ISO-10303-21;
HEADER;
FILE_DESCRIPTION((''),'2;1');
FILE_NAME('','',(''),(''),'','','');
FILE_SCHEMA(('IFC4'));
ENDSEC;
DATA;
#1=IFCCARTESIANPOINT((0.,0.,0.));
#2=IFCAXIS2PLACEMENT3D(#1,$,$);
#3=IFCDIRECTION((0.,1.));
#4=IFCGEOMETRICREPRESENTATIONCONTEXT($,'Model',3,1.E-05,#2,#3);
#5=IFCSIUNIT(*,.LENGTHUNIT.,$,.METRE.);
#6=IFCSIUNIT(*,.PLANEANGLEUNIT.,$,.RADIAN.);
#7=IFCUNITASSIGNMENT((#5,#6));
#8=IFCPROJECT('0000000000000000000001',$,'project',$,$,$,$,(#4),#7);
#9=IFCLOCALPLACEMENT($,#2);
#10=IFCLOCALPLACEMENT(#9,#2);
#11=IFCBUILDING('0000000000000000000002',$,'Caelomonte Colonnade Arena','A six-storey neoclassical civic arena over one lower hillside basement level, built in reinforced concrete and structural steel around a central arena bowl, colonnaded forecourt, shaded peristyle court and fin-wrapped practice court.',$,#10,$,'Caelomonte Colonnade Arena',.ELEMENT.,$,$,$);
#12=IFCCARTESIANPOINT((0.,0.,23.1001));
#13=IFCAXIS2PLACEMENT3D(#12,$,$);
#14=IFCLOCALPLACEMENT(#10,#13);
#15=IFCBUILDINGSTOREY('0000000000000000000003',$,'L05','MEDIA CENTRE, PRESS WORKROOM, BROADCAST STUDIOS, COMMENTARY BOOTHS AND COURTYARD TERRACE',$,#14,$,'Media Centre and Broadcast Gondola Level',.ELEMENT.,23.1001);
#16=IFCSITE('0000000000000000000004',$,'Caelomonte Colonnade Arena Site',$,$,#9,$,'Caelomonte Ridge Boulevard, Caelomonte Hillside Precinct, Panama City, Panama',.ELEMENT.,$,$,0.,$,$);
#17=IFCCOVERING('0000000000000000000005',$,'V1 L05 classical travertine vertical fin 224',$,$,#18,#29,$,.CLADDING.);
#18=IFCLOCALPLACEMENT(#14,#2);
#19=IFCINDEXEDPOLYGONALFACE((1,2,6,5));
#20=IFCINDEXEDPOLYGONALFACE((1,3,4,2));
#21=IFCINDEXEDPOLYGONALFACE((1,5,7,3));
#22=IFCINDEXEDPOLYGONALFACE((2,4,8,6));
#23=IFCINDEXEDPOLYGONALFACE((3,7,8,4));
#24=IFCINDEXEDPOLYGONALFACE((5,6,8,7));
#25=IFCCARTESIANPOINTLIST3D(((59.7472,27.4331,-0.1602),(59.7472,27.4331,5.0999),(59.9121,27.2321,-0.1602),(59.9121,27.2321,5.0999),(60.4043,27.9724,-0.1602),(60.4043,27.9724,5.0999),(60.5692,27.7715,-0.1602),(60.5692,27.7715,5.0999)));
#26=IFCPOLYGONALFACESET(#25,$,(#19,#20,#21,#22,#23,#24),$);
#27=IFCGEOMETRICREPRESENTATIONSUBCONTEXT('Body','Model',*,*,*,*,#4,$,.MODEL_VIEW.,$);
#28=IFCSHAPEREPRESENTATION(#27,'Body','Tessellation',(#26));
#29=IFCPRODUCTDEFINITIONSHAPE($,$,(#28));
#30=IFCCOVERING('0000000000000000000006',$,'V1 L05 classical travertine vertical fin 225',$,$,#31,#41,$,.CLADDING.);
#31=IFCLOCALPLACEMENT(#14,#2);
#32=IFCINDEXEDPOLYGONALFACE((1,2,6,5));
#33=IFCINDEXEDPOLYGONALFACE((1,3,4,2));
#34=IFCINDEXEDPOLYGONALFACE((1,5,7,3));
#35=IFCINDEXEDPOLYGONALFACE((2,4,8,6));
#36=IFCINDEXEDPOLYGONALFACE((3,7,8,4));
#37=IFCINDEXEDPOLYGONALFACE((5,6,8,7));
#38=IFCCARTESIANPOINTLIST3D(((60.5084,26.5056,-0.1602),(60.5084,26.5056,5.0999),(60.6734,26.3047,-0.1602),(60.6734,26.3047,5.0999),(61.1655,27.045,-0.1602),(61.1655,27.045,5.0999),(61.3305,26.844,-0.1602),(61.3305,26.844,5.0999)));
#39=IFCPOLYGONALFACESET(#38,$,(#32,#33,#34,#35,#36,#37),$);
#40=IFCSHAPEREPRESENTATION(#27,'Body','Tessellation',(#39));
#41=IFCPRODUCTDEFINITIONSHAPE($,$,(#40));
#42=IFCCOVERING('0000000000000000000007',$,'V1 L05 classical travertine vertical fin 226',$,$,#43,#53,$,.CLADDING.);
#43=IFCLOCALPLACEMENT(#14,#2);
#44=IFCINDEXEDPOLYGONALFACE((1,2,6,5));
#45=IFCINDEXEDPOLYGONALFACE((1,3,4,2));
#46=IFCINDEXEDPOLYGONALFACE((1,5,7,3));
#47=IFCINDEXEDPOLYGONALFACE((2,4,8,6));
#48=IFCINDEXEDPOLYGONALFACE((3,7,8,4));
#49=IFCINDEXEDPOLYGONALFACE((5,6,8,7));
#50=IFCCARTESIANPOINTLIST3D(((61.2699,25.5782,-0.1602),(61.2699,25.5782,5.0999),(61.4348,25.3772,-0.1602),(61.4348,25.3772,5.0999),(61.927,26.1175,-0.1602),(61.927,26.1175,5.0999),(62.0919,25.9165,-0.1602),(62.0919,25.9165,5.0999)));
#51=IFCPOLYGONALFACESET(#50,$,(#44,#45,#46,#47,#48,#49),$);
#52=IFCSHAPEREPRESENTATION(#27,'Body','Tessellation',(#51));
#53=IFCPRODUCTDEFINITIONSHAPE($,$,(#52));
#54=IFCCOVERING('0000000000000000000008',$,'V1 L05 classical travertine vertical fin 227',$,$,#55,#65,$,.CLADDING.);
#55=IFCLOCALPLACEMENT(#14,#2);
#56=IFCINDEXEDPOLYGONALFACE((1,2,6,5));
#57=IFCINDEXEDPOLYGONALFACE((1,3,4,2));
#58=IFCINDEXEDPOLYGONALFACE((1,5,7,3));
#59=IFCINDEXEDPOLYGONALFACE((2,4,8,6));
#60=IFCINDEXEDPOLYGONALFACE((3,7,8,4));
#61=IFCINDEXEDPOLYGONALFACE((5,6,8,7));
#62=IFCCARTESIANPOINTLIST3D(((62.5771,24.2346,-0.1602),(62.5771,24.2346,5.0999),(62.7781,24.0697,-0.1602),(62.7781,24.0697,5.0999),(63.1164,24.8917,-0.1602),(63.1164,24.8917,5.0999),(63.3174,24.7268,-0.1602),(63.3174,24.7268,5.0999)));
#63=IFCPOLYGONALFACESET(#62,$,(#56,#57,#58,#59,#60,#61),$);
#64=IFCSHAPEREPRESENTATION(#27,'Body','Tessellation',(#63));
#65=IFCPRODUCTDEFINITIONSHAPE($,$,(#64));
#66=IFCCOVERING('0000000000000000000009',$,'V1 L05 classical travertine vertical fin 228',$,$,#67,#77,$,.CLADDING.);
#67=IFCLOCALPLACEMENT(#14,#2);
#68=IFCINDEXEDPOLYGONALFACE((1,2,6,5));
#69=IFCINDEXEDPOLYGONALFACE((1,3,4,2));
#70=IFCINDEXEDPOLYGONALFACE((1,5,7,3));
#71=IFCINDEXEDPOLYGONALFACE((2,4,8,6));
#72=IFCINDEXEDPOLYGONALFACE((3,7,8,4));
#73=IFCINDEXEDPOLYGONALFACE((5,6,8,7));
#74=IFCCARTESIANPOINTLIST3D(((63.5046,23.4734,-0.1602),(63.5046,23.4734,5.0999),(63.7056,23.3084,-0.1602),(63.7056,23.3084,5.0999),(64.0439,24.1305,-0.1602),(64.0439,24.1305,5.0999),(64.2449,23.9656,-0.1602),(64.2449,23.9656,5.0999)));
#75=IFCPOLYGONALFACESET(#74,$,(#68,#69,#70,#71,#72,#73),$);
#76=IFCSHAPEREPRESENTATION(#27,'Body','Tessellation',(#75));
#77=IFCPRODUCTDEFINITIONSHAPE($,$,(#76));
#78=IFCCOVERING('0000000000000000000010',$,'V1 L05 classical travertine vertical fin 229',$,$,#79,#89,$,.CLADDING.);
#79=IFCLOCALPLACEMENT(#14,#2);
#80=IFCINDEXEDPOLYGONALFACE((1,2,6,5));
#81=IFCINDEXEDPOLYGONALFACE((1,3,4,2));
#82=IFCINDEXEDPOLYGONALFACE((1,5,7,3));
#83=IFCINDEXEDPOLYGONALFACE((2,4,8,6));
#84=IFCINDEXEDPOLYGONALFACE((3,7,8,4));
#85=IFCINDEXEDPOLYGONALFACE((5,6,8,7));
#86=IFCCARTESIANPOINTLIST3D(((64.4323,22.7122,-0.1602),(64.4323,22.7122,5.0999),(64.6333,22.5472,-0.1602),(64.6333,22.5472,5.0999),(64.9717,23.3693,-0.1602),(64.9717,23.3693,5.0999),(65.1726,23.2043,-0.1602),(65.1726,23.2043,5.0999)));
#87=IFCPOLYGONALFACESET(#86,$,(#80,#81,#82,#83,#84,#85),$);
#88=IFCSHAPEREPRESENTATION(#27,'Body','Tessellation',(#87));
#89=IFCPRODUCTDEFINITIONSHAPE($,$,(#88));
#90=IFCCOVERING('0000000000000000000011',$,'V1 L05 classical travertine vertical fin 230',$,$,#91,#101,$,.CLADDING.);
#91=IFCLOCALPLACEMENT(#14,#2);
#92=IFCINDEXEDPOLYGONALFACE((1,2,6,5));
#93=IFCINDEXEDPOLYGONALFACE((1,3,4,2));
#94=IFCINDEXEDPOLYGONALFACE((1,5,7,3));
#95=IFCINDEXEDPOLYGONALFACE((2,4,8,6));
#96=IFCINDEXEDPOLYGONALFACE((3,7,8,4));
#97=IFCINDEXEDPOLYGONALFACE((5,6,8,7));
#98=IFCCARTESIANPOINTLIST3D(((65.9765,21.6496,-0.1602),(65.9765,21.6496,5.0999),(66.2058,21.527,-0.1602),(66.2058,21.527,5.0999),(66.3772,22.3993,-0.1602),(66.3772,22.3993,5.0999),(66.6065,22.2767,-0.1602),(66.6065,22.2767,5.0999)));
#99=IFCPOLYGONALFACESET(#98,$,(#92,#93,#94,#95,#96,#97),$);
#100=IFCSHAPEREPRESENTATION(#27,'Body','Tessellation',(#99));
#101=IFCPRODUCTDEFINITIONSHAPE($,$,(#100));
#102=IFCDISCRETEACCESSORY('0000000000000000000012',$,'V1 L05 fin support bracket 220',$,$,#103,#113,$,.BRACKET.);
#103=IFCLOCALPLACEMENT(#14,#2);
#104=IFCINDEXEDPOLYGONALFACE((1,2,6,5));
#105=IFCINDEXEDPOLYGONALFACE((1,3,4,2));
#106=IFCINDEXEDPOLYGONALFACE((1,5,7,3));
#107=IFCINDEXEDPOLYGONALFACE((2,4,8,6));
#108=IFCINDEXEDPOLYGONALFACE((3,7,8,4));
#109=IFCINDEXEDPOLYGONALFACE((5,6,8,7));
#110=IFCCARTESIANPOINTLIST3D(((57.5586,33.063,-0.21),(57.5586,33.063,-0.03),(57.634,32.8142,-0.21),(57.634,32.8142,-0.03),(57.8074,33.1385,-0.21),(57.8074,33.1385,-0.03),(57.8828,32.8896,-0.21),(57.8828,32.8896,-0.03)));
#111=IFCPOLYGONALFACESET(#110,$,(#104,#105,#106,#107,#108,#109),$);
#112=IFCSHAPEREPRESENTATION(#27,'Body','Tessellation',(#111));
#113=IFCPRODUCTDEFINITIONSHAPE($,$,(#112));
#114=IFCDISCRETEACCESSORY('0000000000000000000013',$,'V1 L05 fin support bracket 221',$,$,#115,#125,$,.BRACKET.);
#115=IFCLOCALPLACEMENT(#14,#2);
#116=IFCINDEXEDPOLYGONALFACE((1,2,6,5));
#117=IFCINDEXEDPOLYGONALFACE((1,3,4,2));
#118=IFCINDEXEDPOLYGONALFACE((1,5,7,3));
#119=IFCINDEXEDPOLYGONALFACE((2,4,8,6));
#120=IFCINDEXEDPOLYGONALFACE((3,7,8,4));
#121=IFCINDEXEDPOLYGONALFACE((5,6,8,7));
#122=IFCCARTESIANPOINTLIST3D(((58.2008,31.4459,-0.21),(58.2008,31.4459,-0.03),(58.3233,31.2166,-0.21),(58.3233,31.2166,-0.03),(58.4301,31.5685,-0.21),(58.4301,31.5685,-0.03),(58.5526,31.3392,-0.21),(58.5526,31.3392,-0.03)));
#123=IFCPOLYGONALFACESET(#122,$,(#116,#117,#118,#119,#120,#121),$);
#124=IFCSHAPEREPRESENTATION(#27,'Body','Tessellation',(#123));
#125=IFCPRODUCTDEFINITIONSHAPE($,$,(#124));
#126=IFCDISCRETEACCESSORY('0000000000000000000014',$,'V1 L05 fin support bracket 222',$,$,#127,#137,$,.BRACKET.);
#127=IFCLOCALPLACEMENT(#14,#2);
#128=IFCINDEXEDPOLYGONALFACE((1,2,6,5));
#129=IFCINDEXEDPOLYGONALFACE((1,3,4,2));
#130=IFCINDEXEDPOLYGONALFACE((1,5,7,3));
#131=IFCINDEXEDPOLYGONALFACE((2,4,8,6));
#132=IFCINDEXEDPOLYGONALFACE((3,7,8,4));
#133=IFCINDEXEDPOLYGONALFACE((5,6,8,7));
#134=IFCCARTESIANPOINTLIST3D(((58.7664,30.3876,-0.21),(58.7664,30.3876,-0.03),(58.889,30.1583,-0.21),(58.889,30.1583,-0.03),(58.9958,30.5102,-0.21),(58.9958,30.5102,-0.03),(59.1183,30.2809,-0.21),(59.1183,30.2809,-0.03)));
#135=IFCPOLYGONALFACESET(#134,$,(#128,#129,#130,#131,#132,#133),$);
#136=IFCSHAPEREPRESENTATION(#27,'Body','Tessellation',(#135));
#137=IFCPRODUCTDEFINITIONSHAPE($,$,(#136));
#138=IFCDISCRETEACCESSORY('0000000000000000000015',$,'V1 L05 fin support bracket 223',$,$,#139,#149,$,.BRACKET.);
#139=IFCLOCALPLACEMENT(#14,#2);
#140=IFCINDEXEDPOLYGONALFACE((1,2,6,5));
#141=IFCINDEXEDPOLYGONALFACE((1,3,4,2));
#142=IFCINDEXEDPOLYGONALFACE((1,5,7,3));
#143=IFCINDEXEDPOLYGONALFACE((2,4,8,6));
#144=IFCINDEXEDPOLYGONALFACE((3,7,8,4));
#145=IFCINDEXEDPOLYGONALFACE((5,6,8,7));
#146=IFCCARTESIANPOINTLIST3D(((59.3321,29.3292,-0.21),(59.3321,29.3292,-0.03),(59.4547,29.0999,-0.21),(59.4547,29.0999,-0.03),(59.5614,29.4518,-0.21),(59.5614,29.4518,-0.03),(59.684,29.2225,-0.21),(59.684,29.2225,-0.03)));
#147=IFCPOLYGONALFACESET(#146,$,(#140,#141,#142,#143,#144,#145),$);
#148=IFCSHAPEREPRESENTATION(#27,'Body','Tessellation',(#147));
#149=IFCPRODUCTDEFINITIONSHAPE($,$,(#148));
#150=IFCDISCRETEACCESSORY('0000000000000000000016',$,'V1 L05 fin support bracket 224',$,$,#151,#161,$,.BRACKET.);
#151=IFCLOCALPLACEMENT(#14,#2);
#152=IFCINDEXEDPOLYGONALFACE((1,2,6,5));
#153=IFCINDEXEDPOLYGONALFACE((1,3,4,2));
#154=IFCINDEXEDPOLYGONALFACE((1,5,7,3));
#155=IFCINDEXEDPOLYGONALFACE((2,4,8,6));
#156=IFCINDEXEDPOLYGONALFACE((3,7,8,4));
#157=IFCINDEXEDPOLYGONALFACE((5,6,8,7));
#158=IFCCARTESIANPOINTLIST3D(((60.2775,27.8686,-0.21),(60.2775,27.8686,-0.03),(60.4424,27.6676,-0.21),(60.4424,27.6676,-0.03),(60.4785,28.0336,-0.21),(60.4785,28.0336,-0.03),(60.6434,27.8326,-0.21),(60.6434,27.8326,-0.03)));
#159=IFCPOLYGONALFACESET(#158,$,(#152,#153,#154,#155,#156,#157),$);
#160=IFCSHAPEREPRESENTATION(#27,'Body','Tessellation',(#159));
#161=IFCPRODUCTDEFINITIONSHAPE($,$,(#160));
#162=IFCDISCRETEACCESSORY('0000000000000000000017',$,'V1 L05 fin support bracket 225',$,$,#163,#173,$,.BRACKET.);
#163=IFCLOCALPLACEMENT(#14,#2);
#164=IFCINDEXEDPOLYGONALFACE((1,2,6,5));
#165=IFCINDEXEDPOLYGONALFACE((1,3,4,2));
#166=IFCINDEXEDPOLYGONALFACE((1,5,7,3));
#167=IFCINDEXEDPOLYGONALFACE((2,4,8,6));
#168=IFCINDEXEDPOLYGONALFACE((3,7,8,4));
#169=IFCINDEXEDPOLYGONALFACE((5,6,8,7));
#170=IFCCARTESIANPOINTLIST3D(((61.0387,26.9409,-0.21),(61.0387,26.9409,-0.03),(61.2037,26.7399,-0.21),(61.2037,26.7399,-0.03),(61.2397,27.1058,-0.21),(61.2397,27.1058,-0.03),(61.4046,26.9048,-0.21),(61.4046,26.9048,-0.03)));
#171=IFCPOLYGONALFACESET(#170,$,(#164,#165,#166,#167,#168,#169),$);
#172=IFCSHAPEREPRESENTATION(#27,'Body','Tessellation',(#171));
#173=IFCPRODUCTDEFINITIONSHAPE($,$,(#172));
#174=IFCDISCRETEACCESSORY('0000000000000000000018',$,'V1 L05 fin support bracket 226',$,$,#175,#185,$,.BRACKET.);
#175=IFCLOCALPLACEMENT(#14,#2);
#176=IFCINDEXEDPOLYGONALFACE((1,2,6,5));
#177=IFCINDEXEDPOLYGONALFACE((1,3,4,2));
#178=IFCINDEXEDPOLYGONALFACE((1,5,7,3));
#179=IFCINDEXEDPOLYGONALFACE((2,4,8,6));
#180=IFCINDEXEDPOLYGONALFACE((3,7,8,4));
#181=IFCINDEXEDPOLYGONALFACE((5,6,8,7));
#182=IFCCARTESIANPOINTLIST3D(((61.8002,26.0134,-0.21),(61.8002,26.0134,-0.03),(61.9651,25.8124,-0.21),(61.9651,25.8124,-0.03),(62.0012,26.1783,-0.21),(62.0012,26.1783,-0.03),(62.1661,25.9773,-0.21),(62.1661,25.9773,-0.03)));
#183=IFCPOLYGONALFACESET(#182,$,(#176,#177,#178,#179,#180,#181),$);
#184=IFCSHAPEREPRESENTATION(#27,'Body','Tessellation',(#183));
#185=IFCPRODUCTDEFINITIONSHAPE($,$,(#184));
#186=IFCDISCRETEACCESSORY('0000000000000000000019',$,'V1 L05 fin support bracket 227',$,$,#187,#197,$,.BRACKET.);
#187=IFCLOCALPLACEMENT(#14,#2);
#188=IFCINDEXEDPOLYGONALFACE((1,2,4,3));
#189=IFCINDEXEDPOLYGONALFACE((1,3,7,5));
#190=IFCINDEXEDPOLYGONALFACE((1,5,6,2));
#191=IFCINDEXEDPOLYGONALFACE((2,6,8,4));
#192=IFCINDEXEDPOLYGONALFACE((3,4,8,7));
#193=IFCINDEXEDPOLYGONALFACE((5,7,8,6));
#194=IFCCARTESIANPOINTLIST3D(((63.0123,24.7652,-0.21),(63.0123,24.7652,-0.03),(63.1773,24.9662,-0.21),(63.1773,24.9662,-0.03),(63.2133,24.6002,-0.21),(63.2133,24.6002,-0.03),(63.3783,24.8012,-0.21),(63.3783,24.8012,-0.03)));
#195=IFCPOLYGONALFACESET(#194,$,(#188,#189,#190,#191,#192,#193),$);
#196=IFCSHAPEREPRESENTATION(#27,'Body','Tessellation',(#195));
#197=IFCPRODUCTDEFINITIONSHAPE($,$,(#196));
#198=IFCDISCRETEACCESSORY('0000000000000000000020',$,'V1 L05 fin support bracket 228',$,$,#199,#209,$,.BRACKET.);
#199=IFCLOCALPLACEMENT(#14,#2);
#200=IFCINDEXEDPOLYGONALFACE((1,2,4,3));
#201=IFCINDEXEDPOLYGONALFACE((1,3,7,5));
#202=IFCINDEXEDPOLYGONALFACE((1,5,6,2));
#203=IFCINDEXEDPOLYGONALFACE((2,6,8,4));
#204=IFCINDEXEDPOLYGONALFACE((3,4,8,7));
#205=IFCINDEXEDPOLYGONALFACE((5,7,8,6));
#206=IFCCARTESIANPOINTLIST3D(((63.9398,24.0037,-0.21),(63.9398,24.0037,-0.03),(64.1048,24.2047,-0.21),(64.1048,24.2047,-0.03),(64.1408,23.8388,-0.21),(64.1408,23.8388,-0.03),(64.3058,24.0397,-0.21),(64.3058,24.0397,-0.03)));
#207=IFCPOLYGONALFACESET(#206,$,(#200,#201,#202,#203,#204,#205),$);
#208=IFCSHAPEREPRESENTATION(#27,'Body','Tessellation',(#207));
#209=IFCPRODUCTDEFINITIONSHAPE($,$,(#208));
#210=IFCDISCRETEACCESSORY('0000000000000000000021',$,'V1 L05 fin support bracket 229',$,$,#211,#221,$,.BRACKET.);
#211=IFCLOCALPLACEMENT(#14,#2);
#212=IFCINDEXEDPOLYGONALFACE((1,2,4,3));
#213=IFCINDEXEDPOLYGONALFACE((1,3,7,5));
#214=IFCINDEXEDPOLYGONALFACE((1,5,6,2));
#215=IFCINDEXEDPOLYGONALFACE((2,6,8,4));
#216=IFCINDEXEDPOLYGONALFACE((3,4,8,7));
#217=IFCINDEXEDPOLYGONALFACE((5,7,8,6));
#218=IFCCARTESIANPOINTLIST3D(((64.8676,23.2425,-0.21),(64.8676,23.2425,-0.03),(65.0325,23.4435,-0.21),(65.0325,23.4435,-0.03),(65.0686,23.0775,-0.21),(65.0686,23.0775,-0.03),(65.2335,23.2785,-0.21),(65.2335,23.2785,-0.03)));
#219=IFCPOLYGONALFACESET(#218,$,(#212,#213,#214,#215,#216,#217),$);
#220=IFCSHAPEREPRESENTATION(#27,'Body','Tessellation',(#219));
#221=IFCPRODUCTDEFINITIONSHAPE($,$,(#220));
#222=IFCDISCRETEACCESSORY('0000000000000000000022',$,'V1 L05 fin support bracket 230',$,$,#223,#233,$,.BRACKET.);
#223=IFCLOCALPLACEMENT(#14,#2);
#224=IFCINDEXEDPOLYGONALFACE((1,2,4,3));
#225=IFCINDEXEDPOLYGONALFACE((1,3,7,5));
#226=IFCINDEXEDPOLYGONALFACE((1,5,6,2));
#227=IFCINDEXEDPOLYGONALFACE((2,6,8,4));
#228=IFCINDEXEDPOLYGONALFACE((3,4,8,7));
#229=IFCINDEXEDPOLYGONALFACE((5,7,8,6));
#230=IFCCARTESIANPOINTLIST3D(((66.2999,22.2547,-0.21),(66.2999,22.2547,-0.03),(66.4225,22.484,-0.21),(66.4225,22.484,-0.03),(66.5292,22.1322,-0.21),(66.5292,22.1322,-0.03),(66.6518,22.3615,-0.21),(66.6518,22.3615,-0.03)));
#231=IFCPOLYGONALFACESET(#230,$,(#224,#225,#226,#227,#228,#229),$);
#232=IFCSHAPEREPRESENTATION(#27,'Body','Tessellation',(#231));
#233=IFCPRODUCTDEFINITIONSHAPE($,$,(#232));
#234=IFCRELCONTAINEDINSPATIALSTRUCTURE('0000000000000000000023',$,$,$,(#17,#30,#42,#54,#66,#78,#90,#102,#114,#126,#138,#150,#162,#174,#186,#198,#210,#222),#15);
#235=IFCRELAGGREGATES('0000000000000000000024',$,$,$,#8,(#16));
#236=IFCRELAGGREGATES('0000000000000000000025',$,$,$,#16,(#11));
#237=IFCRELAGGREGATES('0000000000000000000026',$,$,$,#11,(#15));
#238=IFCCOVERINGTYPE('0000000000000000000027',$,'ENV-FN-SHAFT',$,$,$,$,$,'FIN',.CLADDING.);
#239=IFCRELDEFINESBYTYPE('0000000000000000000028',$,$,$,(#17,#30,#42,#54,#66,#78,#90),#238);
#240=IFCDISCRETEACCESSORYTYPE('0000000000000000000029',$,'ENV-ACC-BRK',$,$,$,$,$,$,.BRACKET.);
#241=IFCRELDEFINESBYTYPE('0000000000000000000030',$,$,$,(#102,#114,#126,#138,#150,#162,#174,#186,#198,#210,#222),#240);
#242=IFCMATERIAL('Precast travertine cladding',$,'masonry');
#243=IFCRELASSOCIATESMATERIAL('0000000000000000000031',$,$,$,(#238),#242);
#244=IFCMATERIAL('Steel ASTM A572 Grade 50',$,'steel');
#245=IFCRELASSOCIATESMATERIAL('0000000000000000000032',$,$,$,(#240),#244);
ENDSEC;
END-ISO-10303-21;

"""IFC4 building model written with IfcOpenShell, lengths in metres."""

from ifc_helpers import new_model, si_unit, direction, frame, origin, origin_2d, place, context, subcontext, project, spatial, rectangle, extrude, material, material_profile, profile_set, type_object, element, save


model = new_model("IFC4")

# Units and contexts
model_context = context("Model", 3, precision=1e-05, world=origin(), true_north=direction((0.0, 1.0)))
body_context = subcontext(model_context, "Body", "Model", "MODEL_VIEW")
ifc_project = project(units=[si_unit("LENGTHUNIT", "METRE"), si_unit("PLANEANGLEUNIT", "RADIAN")], contexts=[model_context])

# Site, building, storey
site_placement = place(None, origin())
site = spatial("IfcSite", under=ifc_project, at=site_placement, Name="Caelomonte Colonnade Arena Site", LongName="Caelomonte Ridge Boulevard, Caelomonte Hillside Precinct, Panama City, Panama", CompositionType="ELEMENT", RefElevation=0.0)
building_placement = place(site_placement, origin())
building = spatial("IfcBuilding", under=site, at=building_placement, Name="Caelomonte Colonnade Arena", Description="A six-storey neoclassical civic arena over one lower hillside basement level, built in reinforced concrete and structural steel around a central arena bowl, colonnaded forecourt, shaded peristyle court and fin-wrapped practice court.", LongName="Caelomonte Colonnade Arena", CompositionType="ELEMENT")
storey_placement = place(building_placement, frame((0.0, 0.0, 23.1001)))
storey = spatial("IfcBuildingStorey", under=building, at=storey_placement, Name="L05", Description="MEDIA CENTRE, PRESS WORKROOM, BROADCAST STUDIOS, COMMENTARY BOOTHS AND COURTYARD TERRACE", LongName="Media Centre and Broadcast Gondola Level", CompositionType="ELEMENT", Elevation=23.1001)

# Coverings
ifc_material_1 = material(Name="Precast travertine cladding", Category="masonry")
ifc_material_profile = material_profile(ifc_material_1, rectangle(XDim=0.26, YDim=0.8501, at=origin_2d()), Name="FIN260X850")
ifc_profile_set = profile_set([ifc_material_profile], Name="Precast travertine cladding")
covering_type = type_object("IfcCoveringType", Name="ENV-FN-SHAFT", ElementType="FIN", PredefinedType="CLADDING", material=ifc_profile_set)
for number, where, z_axis, x_axis, name in (
    (1, (60.1582, 27.6023, -0.1602), (0.0, 0.0, 1.0), (-0.634414, 0.772994, 0.0), "V1 L05 classical travertine vertical fin 224"),
    (2, (60.9194, 26.6748, -0.1602), (0.0, 0.0, 1.0), (-0.634414, 0.772994, 0.0), "V1 L05 classical travertine vertical fin 225"),
    (3, (61.6809, 25.7473, -0.1602), (0.0, 0.0, 1.0), (-0.634414, 0.772994, 0.0), "V1 L05 classical travertine vertical fin 226"),
    (4, (62.9473, 24.4807, -0.1602), (0.0, 0.0, 1.0), (-0.772994, 0.634414, 0.0), "V1 L05 classical travertine vertical fin 227"),
    (5, (63.8748, 23.7195, -0.1602), (0.0, 0.0, 1.0), (-0.772994, 0.634414, 0.0), "V1 L05 classical travertine vertical fin 228"),
    (6, (64.8025, 22.9583, -0.1602), (0.0, 0.0, 1.0), (-0.772994, 0.634414, 0.0), "V1 L05 classical travertine vertical fin 229"),
    (7, (66.2915, 21.9631, -0.1602), (0.0, 0.0, 1.0), (-0.881921, 0.471397, 0.0), "V1 L05 classical travertine vertical fin 230"),
):
    element("IfcCovering", number, at=place(storey_placement, frame(where, z_axis=z_axis, x_axis=x_axis)), inside=storey, type_object=covering_type, Name=name, PredefinedType="CLADDING", context=body_context, shape_type="SweptSolid", body=[
        extrude(rectangle(XDim=0.26, YDim=0.8501, at=origin_2d()), origin(), (0.0, 0.0, 1.0), 5.26),
    ])

# Discrete accessories
ifc_material_2 = material(Name="Steel ASTM A572 Grade 50", Category="steel")
discrete_accessory_type = type_object("IfcDiscreteAccessoryType", Name="ENV-ACC-BRK", PredefinedType="BRACKET", material=ifc_material_2)
for number, where, z_axis, x_axis, name in (
    (8, (57.7207, 32.9763, -0.21), (0.0, 0.0, 1.0), (0.290276, -0.956943, 0.0), "V1 L05 fin support bracket 220"),
    (9, (58.3767, 31.3926, -0.21), (0.0, 0.0, 1.0), (0.471397, -0.881921, 0.0), "V1 L05 fin support bracket 221"),
    (10, (58.9424, 30.3342, -0.21), (0.0, 0.0, 1.0), (0.471397, -0.881921, 0.0), "V1 L05 fin support bracket 222"),
    (11, (59.5081, 29.2759, -0.21), (0.0, 0.0, 1.0), (0.471397, -0.881921, 0.0), "V1 L05 fin support bracket 223"),
    (12, (60.4604, 27.8506, -0.21), (0.0, 0.0, 1.0), (0.634414, -0.772994, 0.0), "V1 L05 fin support bracket 224"),
    (13, (61.2217, 26.9229, -0.21), (0.0, 0.0, 1.0), (0.634414, -0.772994, 0.0), "V1 L05 fin support bracket 225"),
    (14, (61.9832, 25.9954, -0.21), (0.0, 0.0, 1.0), (0.634414, -0.772994, 0.0), "V1 L05 fin support bracket 226"),
    (15, (63.1953, 24.7832, -0.21), (0.0, 0.0, 1.0), (0.772994, -0.634414, 0.0), "V1 L05 fin support bracket 227"),
    (16, (64.1228, 24.0217, -0.21), (0.0, 0.0, 1.0), (0.772994, -0.634414, 0.0), "V1 L05 fin support bracket 228"),
    (17, (65.0505, 23.2605, -0.21), (0.0, 0.0, 1.0), (0.772994, -0.634414, 0.0), "V1 L05 fin support bracket 229"),
    (18, (66.4758, 22.3081, -0.21), (0.0, 0.0, 1.0), (0.881921, -0.471397, 0.0), "V1 L05 fin support bracket 230"),
):
    element("IfcDiscreteAccessory", number, at=place(storey_placement, frame(where, z_axis=z_axis, x_axis=x_axis)), inside=storey, type_object=discrete_accessory_type, Name=name, PredefinedType="BRACKET", context=body_context, shape_type="SweptSolid", body=[
        extrude(rectangle(XDim=0.26, YDim=0.26, at=origin_2d()), origin(), (0.0, 0.0, 1.0), 0.1799),
    ])

save(model, "model.ifc")
